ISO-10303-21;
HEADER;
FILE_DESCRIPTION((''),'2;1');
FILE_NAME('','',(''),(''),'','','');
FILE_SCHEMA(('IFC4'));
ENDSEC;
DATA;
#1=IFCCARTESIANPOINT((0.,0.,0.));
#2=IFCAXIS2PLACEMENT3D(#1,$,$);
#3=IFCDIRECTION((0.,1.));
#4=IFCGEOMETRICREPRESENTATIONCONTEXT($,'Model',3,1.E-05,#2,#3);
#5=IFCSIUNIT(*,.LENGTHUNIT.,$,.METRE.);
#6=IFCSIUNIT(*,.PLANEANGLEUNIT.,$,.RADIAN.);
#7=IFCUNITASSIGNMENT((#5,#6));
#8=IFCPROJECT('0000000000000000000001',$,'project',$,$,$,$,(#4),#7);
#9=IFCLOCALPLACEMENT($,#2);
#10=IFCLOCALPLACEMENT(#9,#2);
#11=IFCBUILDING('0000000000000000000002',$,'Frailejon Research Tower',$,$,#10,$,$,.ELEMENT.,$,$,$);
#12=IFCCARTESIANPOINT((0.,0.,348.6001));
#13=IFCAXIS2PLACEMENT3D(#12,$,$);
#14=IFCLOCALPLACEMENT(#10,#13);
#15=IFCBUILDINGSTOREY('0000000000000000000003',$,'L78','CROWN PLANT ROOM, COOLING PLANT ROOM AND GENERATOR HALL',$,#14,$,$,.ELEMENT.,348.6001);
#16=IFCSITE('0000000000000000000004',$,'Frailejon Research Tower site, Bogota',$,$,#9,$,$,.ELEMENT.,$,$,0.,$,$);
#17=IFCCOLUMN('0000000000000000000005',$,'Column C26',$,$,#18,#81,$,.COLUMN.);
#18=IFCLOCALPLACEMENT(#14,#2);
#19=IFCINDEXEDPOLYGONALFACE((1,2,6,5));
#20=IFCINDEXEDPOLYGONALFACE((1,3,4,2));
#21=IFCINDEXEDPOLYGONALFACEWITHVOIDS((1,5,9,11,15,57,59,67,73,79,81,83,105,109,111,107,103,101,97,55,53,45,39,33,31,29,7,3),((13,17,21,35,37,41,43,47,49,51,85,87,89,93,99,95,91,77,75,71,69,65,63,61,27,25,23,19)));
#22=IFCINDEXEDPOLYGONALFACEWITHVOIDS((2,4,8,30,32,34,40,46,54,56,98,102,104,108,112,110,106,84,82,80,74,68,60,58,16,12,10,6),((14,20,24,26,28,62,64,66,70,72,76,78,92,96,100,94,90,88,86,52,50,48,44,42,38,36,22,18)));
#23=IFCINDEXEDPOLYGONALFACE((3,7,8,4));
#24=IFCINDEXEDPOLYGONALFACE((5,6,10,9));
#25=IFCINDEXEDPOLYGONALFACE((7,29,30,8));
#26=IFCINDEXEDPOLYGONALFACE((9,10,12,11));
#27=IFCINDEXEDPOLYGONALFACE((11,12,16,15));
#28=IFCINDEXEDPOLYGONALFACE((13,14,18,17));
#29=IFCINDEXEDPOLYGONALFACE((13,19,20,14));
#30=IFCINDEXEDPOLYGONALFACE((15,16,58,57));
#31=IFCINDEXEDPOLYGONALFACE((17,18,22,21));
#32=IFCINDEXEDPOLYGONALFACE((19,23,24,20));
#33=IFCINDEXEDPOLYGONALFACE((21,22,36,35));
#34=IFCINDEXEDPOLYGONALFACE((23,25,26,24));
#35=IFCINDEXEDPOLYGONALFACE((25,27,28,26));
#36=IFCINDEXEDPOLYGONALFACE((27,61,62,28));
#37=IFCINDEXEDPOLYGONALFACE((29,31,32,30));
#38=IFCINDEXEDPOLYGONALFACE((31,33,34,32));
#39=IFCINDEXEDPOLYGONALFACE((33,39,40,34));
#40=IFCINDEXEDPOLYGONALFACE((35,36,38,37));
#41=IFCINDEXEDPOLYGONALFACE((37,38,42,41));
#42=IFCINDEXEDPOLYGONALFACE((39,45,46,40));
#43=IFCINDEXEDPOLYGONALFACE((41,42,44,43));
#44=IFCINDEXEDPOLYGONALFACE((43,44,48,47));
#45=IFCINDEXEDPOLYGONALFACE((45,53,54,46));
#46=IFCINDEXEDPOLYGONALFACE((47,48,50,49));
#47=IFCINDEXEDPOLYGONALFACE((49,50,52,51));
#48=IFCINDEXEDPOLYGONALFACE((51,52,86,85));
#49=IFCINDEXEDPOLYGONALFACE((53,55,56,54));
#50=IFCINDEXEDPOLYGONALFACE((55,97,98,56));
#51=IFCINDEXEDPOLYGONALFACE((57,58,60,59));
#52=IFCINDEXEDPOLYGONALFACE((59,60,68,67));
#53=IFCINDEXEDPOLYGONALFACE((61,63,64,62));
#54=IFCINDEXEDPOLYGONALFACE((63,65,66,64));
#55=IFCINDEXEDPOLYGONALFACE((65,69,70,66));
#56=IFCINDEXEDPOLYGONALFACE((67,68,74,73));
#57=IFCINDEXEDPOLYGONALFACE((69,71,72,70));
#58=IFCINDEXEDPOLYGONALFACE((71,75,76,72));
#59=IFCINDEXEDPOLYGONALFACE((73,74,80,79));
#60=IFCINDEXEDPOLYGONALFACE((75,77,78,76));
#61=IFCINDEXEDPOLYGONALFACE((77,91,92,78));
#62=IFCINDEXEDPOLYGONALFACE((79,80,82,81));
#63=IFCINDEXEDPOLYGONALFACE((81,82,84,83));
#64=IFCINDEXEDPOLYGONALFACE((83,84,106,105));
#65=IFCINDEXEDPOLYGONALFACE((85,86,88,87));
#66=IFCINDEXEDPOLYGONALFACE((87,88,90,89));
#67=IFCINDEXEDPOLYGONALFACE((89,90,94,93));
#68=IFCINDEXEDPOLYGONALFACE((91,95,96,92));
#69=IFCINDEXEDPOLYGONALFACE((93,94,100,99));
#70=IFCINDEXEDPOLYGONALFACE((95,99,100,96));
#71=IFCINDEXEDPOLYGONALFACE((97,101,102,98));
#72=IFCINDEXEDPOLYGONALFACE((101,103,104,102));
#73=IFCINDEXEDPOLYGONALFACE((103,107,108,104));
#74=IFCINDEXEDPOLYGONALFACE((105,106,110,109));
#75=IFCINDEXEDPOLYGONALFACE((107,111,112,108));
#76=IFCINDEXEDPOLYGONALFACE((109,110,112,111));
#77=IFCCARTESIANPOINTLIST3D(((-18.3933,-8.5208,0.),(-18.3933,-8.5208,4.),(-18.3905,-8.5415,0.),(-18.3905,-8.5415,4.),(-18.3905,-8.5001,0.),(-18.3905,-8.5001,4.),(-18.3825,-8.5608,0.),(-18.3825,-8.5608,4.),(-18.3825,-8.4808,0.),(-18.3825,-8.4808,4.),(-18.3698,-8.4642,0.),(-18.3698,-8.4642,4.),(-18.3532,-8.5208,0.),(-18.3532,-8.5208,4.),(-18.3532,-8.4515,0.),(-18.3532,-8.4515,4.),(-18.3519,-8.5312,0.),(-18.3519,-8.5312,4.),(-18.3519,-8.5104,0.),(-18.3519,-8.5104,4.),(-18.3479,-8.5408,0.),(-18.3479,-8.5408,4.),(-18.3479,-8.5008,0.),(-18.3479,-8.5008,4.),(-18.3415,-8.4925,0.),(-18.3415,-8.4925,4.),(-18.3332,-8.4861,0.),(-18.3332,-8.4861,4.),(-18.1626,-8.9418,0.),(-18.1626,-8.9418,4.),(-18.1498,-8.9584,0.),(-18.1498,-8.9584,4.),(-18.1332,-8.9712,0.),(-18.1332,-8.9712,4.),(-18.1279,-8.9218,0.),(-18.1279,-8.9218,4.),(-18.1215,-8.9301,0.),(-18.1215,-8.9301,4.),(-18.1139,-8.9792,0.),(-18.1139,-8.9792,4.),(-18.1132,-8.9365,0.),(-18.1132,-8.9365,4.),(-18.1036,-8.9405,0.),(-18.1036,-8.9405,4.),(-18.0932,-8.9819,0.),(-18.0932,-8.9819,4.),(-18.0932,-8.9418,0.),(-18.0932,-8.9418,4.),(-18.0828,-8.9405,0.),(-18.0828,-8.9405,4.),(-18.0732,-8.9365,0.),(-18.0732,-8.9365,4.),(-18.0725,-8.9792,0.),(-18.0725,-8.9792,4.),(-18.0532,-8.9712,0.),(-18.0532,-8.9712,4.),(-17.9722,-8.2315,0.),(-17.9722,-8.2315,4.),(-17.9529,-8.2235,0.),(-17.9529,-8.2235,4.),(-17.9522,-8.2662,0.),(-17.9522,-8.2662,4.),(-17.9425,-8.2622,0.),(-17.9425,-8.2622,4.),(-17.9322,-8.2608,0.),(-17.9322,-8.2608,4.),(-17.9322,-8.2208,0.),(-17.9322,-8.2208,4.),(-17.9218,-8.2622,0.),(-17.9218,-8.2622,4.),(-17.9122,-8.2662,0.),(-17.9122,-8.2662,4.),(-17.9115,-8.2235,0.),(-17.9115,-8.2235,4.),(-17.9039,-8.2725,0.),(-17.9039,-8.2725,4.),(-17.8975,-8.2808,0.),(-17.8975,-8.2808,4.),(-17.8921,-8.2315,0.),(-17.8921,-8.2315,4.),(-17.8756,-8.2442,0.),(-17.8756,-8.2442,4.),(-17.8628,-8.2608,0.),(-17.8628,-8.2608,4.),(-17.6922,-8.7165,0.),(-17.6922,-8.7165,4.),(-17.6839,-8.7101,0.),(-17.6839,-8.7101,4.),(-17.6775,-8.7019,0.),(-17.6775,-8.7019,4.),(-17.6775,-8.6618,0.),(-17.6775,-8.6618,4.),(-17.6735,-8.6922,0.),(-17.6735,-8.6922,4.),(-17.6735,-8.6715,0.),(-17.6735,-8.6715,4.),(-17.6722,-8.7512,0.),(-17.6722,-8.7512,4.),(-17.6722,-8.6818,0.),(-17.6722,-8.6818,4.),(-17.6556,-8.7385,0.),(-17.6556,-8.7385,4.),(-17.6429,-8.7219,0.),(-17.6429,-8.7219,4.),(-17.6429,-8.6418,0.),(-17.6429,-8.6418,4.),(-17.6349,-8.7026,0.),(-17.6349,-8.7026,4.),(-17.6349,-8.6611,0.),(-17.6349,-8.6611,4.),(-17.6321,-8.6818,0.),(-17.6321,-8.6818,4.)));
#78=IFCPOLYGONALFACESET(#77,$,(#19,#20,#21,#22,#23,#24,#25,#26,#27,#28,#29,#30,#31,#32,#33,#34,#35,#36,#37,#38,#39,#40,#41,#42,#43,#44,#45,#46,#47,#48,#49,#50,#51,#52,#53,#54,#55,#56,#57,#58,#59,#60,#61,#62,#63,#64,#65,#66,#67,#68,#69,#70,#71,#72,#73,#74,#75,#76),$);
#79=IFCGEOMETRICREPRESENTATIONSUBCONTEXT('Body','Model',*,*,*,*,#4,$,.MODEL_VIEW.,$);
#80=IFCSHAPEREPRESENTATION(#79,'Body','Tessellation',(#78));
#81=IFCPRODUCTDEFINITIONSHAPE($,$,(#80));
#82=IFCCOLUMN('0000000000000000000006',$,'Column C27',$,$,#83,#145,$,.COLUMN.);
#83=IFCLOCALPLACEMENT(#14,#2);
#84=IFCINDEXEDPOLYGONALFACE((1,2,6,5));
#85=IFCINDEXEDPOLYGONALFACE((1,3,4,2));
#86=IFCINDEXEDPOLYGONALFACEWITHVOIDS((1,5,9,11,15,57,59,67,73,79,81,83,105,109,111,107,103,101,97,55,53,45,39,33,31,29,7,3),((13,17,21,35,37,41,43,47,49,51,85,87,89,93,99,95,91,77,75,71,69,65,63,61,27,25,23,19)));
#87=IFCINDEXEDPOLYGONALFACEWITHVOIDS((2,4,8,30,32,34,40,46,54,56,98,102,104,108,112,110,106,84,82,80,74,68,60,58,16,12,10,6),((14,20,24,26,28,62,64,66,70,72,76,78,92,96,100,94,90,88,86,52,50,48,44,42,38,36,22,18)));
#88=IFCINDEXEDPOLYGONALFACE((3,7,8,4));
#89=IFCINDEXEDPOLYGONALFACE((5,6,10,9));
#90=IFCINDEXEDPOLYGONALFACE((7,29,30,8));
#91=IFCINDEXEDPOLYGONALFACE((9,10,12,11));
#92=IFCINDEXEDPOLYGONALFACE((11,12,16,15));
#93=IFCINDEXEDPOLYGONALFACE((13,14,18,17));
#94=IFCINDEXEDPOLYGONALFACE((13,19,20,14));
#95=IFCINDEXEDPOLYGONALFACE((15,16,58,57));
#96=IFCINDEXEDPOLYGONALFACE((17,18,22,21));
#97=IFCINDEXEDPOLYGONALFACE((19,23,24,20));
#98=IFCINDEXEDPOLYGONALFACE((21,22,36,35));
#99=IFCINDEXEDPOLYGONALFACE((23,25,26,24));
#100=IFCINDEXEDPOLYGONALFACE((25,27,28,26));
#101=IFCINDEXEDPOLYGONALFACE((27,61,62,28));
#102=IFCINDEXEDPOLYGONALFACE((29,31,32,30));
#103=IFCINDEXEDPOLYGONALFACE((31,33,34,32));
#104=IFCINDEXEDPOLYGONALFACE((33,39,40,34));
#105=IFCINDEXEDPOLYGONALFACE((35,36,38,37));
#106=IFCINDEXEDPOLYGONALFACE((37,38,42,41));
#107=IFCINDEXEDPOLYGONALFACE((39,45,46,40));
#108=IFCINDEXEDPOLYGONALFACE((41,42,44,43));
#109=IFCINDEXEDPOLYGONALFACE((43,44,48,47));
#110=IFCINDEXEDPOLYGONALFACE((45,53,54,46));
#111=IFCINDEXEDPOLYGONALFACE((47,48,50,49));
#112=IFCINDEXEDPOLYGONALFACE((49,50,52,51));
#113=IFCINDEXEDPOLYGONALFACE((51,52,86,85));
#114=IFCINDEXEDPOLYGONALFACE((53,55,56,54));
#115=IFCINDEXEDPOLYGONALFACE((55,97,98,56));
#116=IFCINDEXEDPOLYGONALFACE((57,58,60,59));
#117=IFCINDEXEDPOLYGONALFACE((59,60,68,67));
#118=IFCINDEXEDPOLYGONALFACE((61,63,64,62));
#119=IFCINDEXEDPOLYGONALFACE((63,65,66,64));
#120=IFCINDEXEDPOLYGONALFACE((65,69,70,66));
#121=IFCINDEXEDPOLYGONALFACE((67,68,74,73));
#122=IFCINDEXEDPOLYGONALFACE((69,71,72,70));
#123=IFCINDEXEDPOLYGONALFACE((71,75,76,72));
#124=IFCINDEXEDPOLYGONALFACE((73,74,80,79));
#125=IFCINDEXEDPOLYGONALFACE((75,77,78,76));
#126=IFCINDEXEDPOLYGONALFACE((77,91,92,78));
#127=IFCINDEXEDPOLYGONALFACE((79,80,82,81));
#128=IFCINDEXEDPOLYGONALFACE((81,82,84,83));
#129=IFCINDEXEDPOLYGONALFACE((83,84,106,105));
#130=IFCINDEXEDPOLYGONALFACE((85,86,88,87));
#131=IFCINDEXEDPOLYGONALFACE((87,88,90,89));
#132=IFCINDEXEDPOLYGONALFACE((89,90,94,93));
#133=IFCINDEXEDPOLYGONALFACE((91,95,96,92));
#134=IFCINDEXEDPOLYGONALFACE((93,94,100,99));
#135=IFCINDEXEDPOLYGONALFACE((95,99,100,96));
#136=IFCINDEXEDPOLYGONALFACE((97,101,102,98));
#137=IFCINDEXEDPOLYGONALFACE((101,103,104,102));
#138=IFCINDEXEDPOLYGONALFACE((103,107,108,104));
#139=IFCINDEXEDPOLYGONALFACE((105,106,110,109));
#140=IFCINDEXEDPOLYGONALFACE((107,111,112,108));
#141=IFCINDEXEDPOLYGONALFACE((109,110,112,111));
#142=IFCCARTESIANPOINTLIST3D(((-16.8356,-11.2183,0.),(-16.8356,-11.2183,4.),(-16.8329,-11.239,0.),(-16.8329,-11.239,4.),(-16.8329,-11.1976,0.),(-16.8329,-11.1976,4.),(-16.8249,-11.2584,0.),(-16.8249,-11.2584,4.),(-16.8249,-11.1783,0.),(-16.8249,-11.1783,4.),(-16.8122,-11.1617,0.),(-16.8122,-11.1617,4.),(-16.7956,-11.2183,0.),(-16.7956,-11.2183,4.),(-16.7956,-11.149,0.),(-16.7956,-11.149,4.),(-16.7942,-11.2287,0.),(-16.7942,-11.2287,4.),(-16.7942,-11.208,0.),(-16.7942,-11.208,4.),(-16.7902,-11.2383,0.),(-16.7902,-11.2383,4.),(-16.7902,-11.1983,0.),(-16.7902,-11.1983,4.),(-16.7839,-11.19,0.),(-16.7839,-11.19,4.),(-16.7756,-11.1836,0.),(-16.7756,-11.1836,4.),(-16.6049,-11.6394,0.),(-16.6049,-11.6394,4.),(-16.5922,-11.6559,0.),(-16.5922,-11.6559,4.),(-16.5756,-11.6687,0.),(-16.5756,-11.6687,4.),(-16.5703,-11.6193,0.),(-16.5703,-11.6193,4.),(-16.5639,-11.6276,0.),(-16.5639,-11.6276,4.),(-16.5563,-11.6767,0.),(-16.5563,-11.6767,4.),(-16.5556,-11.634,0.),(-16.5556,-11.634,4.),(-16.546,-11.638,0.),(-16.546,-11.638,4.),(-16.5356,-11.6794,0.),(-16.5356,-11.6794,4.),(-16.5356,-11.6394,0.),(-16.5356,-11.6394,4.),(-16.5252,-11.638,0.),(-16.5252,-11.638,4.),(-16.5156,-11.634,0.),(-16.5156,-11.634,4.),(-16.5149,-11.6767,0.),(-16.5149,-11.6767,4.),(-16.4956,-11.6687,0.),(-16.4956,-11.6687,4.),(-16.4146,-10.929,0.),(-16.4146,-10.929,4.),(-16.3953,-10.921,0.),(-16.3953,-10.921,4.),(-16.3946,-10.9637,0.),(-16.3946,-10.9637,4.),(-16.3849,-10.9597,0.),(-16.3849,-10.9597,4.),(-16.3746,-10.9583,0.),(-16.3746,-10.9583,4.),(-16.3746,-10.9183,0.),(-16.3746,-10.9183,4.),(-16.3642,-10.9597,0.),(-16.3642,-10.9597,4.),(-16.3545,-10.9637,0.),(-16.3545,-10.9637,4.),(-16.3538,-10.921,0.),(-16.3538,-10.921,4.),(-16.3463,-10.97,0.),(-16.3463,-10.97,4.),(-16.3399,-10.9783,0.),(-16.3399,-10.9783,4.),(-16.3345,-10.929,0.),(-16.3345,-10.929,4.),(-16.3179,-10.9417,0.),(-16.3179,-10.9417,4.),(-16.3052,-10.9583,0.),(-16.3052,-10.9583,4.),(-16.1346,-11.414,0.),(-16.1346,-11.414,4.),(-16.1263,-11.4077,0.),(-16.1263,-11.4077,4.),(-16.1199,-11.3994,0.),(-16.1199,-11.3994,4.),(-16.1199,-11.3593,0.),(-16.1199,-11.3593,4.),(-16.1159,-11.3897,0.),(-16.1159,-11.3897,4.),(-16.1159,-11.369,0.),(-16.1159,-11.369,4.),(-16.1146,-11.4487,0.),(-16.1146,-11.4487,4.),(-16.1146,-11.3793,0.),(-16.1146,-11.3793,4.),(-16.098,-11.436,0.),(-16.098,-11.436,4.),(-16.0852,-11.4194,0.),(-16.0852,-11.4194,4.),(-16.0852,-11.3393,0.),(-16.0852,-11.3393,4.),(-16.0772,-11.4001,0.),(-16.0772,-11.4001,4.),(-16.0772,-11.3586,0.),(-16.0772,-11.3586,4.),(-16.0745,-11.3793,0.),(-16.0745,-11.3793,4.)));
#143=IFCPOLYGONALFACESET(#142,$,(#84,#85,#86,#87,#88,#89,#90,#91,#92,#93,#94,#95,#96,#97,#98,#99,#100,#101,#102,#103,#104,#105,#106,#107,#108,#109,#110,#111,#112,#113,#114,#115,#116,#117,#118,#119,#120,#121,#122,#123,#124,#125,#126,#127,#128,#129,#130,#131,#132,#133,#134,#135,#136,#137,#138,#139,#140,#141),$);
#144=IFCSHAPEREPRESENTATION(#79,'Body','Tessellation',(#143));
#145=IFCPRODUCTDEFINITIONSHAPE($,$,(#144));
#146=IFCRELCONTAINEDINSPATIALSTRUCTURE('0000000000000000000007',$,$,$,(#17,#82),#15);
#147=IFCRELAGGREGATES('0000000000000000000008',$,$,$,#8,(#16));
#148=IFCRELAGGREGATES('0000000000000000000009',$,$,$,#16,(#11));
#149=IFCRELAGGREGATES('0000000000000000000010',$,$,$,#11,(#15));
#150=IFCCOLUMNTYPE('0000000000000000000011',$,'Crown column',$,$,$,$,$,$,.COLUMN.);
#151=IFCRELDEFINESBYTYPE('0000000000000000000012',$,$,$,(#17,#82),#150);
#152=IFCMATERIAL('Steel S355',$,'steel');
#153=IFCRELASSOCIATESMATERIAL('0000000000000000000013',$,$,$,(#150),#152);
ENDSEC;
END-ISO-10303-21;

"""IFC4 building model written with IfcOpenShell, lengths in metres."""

from ifc_helpers import new_model, si_unit, direction, frame, origin, origin_2d, place, context, subcontext, project, spatial, hollow_rectangle, extrude, material, material_profile, profile_set, type_object, element, save


model = new_model("IFC4")

# Units and contexts
model_context = context("Model", 3, precision=1e-05, world=origin(), true_north=direction((0.0, 1.0)))
body_context = subcontext(model_context, "Body", "Model", "MODEL_VIEW")
ifc_project = project(units=[si_unit("LENGTHUNIT", "METRE"), si_unit("PLANEANGLEUNIT", "RADIAN")], contexts=[model_context])

# Site, building, storey
site_placement = place(None, origin())
site = spatial("IfcSite", under=ifc_project, at=site_placement, Name="Frailejon Research Tower site, Bogota", CompositionType="ELEMENT", RefElevation=0.0)
building_placement = place(site_placement, origin())
building = spatial("IfcBuilding", under=site, at=building_placement, Name="Frailejon Research Tower", CompositionType="ELEMENT")
storey_placement = place(building_placement, frame((0.0, 0.0, 348.6001)))
storey = spatial("IfcBuildingStorey", under=building, at=storey_placement, Name="L78", Description="CROWN PLANT ROOM, COOLING PLANT ROOM AND GENERATOR HALL", CompositionType="ELEMENT", Elevation=348.6001)

# Columns
ifc_material_1 = material(Name="Steel S355", Category="steel")
ifc_material_profile_1 = material_profile(ifc_material_1, hollow_rectangle(XDim=0.6001, YDim=0.6001, WallThickness=0.04, InnerFilletRadius=0.04, OuterFilletRadius=0.0801, at=origin_2d()), Name="Crown column")
ifc_profile_set_1 = profile_set([ifc_material_profile_1], Name="Steel S355")
column_type = type_object("IfcColumnType", Name="Crown column", PredefinedType="COLUMN", material=ifc_profile_set_1)
for number, where, z_axis, x_axis, name in (
    (1, (-18.0127, -8.6013, 0.0), (0.0, 0.0, 1.0), (0.5, -0.866025, 0.0), "Column C26"),
    (2, (-16.4551, -11.2988, 0.0), (0.0, 0.0, 1.0), (0.5, -0.866025, 0.0), "Column C27"),
):
    element("IfcColumn", number, at=place(storey_placement, frame(where, z_axis=z_axis, x_axis=x_axis)), inside=storey, type_object=column_type, Name=name, PredefinedType="COLUMN", context=body_context, shape_type="SweptSolid", body=[
        extrude(hollow_rectangle(XDim=0.6001, YDim=0.6001, WallThickness=0.04, InnerFilletRadius=0.04, OuterFilletRadius=0.0801, at=origin_2d()), origin(), (0.0, 0.0, 1.0), 4.0),
    ])

save(model, "model.ifc")
